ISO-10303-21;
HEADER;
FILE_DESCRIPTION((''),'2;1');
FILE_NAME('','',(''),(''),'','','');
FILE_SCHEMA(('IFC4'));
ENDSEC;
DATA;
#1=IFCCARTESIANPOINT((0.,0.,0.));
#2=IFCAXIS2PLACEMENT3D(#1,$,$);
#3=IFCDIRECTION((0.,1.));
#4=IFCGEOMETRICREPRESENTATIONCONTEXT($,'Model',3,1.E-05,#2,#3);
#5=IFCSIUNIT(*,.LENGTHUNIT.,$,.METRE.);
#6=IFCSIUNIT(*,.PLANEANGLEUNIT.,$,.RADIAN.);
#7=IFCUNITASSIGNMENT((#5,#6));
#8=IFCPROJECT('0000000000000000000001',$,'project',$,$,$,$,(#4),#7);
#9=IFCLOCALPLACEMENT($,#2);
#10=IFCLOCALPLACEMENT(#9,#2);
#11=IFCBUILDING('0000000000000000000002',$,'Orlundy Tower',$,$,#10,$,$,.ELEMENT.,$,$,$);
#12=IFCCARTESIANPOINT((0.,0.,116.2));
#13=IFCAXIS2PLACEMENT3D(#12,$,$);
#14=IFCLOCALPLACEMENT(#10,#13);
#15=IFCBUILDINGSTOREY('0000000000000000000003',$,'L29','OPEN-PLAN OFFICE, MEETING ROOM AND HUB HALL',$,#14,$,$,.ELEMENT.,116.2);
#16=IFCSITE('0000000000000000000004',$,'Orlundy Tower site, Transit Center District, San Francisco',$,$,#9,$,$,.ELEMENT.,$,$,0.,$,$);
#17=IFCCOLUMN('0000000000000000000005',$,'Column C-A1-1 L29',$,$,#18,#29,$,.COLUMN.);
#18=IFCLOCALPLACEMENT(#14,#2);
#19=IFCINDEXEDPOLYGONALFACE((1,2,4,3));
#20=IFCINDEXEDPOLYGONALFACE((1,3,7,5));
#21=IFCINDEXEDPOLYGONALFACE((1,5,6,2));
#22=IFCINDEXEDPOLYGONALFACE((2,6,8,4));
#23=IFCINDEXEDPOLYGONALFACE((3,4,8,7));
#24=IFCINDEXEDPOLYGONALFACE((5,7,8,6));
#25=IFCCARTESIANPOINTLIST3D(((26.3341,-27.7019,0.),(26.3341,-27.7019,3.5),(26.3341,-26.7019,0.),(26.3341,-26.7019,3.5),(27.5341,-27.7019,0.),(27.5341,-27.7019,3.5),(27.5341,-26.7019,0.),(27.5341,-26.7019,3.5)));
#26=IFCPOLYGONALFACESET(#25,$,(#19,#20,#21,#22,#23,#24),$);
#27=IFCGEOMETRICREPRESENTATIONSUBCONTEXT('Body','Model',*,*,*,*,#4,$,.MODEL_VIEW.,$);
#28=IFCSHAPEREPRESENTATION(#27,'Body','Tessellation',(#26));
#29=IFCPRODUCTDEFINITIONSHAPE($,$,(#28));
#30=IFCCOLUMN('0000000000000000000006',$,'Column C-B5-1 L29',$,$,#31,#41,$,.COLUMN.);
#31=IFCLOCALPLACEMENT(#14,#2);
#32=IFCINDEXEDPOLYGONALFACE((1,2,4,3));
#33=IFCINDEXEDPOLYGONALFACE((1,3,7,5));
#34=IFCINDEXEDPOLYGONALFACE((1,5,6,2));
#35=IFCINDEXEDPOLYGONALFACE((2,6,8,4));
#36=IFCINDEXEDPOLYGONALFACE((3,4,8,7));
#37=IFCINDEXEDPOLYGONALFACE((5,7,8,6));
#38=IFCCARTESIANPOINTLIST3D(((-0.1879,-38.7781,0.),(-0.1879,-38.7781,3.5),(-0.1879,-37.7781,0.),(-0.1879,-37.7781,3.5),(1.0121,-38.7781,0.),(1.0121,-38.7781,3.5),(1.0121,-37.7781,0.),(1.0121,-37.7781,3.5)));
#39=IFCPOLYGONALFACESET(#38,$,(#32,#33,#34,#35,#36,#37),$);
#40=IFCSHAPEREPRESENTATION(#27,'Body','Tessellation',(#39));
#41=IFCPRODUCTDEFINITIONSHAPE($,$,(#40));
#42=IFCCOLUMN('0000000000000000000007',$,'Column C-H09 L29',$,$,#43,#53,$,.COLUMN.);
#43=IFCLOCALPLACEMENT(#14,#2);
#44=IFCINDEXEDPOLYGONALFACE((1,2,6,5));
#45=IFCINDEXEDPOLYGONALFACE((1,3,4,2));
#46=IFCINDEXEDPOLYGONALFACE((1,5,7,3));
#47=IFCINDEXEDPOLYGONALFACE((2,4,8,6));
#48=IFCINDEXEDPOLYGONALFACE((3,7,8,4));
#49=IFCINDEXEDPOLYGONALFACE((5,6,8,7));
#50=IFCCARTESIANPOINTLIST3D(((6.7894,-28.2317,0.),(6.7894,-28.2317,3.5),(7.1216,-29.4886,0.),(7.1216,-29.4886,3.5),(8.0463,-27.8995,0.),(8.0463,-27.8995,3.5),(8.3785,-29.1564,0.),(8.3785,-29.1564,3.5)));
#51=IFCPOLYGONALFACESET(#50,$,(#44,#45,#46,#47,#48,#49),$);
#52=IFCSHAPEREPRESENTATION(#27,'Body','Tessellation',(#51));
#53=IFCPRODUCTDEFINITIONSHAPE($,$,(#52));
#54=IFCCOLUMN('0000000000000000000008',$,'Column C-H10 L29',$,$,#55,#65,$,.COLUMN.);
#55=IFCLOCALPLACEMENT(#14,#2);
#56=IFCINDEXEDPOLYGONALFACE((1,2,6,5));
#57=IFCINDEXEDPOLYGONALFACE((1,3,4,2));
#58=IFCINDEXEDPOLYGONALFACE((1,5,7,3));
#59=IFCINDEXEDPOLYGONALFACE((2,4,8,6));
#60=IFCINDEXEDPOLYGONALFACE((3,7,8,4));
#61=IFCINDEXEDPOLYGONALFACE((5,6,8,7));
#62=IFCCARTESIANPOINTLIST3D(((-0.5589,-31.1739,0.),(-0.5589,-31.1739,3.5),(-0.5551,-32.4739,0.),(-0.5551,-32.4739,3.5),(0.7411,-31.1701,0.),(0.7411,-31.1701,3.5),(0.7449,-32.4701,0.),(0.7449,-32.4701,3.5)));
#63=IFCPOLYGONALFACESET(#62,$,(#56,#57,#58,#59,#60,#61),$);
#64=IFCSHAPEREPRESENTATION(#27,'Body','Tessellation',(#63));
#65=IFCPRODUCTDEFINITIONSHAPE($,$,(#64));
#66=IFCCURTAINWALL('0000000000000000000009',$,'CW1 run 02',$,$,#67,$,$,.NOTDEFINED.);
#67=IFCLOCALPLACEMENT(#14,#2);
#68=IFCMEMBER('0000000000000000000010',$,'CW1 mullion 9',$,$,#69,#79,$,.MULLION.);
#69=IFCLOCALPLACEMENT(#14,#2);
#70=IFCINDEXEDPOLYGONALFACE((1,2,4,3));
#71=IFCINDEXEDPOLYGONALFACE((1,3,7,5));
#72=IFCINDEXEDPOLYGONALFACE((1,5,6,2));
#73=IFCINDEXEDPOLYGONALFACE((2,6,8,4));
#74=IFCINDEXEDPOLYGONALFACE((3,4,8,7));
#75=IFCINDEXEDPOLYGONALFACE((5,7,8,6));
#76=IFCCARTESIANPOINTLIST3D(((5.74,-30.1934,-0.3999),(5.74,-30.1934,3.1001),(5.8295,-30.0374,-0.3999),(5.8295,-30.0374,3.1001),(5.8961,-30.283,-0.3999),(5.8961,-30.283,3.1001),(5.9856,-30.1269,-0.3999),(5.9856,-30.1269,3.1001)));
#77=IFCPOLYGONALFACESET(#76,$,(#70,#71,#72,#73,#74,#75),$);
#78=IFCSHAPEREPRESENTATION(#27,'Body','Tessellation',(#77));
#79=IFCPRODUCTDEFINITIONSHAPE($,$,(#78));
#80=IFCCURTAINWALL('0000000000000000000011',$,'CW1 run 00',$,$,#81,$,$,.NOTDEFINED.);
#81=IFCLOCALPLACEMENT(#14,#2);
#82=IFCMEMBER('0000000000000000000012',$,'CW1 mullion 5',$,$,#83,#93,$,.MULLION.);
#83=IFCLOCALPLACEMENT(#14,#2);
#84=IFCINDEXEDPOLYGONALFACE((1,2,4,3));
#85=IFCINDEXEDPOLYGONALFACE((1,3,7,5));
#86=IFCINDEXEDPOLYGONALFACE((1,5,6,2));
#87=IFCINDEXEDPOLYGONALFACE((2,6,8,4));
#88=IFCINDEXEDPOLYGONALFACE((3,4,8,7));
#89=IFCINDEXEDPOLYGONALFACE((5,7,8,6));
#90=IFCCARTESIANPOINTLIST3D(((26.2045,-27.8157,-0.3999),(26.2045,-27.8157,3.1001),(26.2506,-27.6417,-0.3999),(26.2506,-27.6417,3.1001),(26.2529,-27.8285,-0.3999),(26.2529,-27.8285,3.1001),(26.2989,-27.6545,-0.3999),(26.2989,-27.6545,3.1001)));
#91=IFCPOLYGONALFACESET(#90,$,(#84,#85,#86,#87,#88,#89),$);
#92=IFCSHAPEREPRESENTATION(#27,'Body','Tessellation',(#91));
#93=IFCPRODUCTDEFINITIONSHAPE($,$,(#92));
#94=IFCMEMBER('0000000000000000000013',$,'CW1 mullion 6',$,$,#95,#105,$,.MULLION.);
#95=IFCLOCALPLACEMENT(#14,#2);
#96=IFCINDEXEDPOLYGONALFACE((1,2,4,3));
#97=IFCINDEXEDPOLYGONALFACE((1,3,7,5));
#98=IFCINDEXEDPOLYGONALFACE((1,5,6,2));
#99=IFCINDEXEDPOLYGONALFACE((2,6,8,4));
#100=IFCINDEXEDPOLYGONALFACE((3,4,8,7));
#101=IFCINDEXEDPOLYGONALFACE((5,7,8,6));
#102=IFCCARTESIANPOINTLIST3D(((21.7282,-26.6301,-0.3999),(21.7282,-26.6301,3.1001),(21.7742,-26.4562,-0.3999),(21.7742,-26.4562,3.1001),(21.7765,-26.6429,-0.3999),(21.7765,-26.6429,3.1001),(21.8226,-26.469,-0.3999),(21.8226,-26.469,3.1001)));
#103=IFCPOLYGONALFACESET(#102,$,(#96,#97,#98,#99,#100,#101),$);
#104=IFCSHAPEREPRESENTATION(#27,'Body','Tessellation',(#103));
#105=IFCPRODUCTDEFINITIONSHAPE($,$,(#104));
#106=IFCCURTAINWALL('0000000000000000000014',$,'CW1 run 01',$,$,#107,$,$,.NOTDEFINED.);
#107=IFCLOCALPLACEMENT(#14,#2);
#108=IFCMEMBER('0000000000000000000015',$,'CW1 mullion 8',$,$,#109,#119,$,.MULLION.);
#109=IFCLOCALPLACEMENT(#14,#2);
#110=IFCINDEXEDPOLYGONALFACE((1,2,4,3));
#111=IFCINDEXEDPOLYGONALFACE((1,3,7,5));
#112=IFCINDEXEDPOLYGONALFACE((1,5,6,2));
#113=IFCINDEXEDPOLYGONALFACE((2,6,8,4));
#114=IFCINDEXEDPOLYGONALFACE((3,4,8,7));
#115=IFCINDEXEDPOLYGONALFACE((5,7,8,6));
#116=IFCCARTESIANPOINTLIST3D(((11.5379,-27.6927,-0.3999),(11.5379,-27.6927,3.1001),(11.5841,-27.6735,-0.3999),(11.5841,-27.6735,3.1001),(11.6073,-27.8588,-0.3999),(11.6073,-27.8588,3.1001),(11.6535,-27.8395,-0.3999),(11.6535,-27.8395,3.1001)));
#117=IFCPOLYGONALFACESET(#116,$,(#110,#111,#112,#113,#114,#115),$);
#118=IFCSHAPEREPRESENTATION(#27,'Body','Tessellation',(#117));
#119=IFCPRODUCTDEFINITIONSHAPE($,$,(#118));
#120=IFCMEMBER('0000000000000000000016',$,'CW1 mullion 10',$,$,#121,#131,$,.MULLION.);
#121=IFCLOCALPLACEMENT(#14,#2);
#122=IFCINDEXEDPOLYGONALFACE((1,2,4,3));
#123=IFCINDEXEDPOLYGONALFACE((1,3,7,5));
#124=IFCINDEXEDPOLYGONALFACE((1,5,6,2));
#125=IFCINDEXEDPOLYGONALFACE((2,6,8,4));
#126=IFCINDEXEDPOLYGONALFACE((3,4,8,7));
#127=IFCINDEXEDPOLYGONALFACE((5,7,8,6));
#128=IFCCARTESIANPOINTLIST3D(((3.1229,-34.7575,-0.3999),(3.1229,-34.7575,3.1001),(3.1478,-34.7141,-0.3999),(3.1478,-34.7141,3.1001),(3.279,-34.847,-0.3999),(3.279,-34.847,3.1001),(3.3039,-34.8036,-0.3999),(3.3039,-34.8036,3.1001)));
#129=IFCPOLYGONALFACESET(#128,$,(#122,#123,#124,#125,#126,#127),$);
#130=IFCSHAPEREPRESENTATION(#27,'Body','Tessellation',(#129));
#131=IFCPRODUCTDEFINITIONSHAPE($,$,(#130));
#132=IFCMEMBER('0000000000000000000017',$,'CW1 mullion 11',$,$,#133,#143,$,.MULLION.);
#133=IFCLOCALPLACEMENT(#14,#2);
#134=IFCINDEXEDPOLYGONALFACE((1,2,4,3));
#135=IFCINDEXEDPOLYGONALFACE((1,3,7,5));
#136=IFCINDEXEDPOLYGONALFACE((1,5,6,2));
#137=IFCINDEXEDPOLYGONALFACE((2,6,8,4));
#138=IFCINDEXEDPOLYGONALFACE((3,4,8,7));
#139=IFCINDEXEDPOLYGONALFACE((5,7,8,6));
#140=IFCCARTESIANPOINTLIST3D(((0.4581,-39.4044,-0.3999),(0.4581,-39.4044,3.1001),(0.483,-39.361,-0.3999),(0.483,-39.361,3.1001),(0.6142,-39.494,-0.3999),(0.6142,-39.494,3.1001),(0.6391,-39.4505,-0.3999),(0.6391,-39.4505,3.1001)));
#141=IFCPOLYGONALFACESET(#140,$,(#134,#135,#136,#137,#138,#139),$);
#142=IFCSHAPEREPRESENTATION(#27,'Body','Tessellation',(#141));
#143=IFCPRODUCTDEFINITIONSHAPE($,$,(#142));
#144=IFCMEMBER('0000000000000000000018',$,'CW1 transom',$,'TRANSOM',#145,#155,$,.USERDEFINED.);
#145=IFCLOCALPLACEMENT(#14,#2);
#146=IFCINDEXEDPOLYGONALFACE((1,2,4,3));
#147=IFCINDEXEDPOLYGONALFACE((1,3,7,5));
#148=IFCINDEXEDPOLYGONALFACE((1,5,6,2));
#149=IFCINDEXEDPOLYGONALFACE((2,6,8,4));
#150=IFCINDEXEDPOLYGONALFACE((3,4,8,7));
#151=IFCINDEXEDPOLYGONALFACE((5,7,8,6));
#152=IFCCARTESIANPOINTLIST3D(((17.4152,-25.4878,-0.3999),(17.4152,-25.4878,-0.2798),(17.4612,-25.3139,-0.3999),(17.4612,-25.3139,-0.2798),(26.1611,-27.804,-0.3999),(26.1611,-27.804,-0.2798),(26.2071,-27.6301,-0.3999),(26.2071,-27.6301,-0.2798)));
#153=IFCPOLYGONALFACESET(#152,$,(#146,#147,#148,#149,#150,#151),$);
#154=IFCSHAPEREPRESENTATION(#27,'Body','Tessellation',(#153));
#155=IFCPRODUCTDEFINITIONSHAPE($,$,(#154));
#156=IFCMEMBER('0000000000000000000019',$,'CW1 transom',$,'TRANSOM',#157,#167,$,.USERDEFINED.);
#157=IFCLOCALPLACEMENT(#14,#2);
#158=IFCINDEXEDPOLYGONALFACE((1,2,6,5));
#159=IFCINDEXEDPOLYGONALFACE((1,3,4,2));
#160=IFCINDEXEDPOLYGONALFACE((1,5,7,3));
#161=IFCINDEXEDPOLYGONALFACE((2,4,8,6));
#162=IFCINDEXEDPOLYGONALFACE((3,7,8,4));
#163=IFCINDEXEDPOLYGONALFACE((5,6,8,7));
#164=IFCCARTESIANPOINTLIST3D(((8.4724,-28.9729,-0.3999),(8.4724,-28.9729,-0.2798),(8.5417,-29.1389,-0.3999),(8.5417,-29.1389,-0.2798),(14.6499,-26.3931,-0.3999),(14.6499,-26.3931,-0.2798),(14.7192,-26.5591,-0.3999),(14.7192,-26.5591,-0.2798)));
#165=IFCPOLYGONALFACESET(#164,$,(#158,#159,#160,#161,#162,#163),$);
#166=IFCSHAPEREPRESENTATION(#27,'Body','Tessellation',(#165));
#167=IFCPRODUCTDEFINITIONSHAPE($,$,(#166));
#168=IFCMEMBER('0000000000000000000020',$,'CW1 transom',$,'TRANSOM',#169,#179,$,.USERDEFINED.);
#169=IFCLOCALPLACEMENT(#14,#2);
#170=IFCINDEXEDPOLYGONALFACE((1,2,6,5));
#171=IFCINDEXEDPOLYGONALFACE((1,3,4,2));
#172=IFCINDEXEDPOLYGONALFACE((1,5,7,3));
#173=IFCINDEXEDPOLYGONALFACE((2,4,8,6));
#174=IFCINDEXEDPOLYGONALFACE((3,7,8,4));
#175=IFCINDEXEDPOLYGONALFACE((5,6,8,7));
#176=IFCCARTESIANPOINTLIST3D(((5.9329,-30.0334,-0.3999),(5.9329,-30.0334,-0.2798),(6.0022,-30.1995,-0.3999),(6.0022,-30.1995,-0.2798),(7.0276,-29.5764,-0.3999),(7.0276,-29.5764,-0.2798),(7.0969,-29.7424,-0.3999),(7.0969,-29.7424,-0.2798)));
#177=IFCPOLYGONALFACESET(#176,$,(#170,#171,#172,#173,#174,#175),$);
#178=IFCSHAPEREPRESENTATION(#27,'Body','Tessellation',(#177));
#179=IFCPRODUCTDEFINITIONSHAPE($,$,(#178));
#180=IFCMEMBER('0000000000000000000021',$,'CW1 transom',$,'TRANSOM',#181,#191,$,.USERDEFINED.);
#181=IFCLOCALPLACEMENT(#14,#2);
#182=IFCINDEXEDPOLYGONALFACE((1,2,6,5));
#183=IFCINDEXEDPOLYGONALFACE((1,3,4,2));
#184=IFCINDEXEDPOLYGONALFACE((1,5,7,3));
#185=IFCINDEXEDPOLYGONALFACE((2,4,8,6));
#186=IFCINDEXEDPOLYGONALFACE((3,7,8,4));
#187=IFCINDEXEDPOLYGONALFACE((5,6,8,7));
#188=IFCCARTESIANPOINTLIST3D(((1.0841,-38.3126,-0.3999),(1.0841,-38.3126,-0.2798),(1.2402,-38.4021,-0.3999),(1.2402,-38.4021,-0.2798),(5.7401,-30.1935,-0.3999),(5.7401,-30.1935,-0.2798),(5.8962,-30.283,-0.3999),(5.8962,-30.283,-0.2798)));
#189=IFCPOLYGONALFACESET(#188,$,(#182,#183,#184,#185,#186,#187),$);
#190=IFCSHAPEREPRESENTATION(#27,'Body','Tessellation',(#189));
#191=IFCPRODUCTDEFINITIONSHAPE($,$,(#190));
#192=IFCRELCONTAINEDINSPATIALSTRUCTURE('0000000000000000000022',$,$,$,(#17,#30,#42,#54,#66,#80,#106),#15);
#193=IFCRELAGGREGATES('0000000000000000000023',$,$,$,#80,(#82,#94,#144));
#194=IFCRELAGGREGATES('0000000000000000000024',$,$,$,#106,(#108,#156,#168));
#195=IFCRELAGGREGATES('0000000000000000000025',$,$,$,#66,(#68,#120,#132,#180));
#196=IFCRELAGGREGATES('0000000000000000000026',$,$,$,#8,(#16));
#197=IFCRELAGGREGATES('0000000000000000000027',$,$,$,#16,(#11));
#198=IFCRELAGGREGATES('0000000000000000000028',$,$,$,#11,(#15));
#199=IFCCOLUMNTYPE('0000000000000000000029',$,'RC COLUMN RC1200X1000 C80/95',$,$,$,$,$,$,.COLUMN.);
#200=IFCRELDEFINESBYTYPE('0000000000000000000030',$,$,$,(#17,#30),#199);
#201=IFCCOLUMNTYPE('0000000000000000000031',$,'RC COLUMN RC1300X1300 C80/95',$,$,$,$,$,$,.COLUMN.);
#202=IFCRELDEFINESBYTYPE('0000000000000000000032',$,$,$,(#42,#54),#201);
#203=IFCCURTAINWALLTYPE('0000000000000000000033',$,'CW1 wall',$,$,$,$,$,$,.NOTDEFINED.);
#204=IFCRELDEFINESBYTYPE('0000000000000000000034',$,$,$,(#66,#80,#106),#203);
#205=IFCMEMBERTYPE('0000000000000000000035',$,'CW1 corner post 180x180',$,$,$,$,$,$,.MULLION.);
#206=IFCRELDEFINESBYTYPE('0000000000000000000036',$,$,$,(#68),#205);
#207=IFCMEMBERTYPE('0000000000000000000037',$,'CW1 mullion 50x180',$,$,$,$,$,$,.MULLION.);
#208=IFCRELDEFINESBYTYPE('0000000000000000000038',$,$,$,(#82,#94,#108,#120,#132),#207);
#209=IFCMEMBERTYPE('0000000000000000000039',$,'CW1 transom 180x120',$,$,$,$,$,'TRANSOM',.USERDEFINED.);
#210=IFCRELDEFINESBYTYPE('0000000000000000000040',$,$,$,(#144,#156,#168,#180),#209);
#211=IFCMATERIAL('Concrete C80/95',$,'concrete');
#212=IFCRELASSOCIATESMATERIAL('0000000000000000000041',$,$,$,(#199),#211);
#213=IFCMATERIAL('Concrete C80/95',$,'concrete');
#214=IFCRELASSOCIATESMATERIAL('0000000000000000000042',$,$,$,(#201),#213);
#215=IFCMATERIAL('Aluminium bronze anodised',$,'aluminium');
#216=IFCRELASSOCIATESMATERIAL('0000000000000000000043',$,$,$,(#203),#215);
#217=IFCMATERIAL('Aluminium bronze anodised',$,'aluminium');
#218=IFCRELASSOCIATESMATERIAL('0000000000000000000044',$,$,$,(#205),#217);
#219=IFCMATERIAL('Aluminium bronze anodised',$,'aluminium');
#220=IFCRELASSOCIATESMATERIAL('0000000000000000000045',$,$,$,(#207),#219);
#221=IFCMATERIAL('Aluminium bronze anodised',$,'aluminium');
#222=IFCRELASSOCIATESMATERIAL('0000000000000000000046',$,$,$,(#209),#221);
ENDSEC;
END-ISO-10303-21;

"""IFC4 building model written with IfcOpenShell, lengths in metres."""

from ifc_helpers import new_model, si_unit, direction, frame, origin, origin_2d, place, context, subcontext, project, spatial, rectangle, extrude, material, material_profile, profile_set, type_object, element, aggregate, save


model = new_model("IFC4")

# Units and contexts
model_context = context("Model", 3, precision=1e-05, world=origin(), true_north=direction((0.0, 1.0)))
body_context = subcontext(model_context, "Body", "Model", "MODEL_VIEW")
ifc_project = project(units=[si_unit("LENGTHUNIT", "METRE"), si_unit("PLANEANGLEUNIT", "RADIAN")], contexts=[model_context])

# Site, building, storey
site_placement = place(None, origin())
site = spatial("IfcSite", under=ifc_project, at=site_placement, Name="Orlundy Tower site, Transit Center District, San Francisco", CompositionType="ELEMENT", RefElevation=0.0)
building_placement = place(site_placement, origin())
building = spatial("IfcBuilding", under=site, at=building_placement, Name="Orlundy Tower", CompositionType="ELEMENT")
storey_placement = place(building_placement, frame((0.0, 0.0, 116.2)))
storey = spatial("IfcBuildingStorey", under=building, at=storey_placement, Name="L29", Description="OPEN-PLAN OFFICE, MEETING ROOM AND HUB HALL", CompositionType="ELEMENT", Elevation=116.2)

# Columns
ifc_material_1 = material(Name="Concrete C80/95", Category="concrete")
ifc_material_profile_1 = material_profile(ifc_material_1, rectangle(XDim=1.2, YDim=1.0, at=origin_2d()), Name="RC1200X1000")
ifc_profile_set_1 = profile_set([ifc_material_profile_1], Name="Concrete C80/95")
column_type_1 = type_object("IfcColumnType", Name="RC COLUMN RC1200X1000 C80/95", PredefinedType="COLUMN", material=ifc_profile_set_1)
for number, where, z_axis, x_axis, name in (
    (1, (26.9341, -27.2019, 0.0), (0.0, 0.0, 1.0), (1.0, 0.0, 0.0), "Column C-A1-1 L29"),
    (2, (0.4121, -38.2781, 0.0), (0.0, 0.0, 1.0), (1.0, 0.0, 0.0), "Column C-B5-1 L29"),
):
    element("IfcColumn", number, at=place(storey_placement, frame(where, z_axis=z_axis, x_axis=x_axis)), inside=storey, type_object=column_type_1, Name=name, PredefinedType="COLUMN", context=body_context, shape_type="SweptSolid", body=[
        extrude(rectangle(XDim=1.2, YDim=1.0, at=origin_2d()), origin(), (0.0, 0.0, 1.0), 3.5),
    ])
ifc_material_2 = material(Name="Concrete C80/95", Category="concrete")
ifc_material_profile_2 = material_profile(ifc_material_2, rectangle(XDim=1.3, YDim=1.3, at=origin_2d()), Name="RC1300X1300")
ifc_profile_set_2 = profile_set([ifc_material_profile_2], Name="Concrete C80/95")
column_type_2 = type_object("IfcColumnType", Name="RC COLUMN RC1300X1300 C80/95", PredefinedType="COLUMN", material=ifc_profile_set_2)
for number, where, z_axis, x_axis, name in (
    (3, (7.584, -28.6941, 0.0), (0.0, 0.0, 1.0), (0.25553, -0.966801, 0.0), "Column C-H09 L29"),
    (4, (0.093, -31.822, 0.0), (0.0, 0.0, 1.0), (0.002915, -0.999996, 0.0), "Column C-H10 L29"),
):
    element("IfcColumn", number, at=place(storey_placement, frame(where, z_axis=z_axis, x_axis=x_axis)), inside=storey, type_object=column_type_2, Name=name, PredefinedType="COLUMN", context=body_context, shape_type="SweptSolid", body=[
        extrude(rectangle(XDim=1.3, YDim=1.3, at=origin_2d()), origin(), (0.0, 0.0, 1.0), 3.5),
    ])

# Curtain wall, member
ifc_material_3 = material(Name="Aluminium bronze anodised", Category="aluminium")
curtain_wall_type = type_object("IfcCurtainWallType", Name="CW1 wall", PredefinedType="NOTDEFINED", material=ifc_material_3)
curtain_wall_1_placement = place(storey_placement, origin())
curtain_wall_1 = element("IfcCurtainWall", 5, at=curtain_wall_1_placement, inside=storey, type_object=curtain_wall_type, Name="CW1 run 02", PredefinedType="NOTDEFINED")
ifc_material_4 = material(Name="Aluminium bronze anodised", Category="aluminium")
ifc_material_profile_3 = material_profile(ifc_material_4, rectangle(XDim=0.1799, YDim=0.1799, at=origin_2d()), Name="CW1 corner post 180x180")
ifc_profile_set_3 = profile_set([ifc_material_profile_3], Name="Aluminium bronze anodised")
member_type_1 = type_object("IfcMemberType", Name="CW1 corner post 180x180", PredefinedType="MULLION", material=ifc_profile_set_3)
member_1_placement = place(storey_placement, frame((5.8628, -30.1602, -0.3999), z_axis=(0.0, 0.0, 1.0), x_axis=(0.867479, -0.497473, 0.0)))
member_1 = element("IfcMember", 6, at=member_1_placement, type_object=member_type_1, Name="CW1 mullion 9", PredefinedType="MULLION", context=body_context, shape_type="SweptSolid", body=[
    extrude(rectangle(XDim=0.1799, YDim=0.1799, at=origin_2d()), origin(), (0.0, 0.0, 1.0), 3.5),
])

# Curtain wall, members
curtain_wall_2_placement = place(storey_placement, origin())
curtain_wall_2 = element("IfcCurtainWall", 7, at=curtain_wall_2_placement, inside=storey, type_object=curtain_wall_type, Name="CW1 run 00", PredefinedType="NOTDEFINED")
ifc_material_5 = material(Name="Aluminium bronze anodised", Category="aluminium")
ifc_material_profile_4 = material_profile(ifc_material_5, rectangle(XDim=0.1799, YDim=0.05, at=origin_2d()), Name="CW1 mullion 50x180")
ifc_profile_set_4 = profile_set([ifc_material_profile_4], Name="Aluminium bronze anodised")
member_type_2 = type_object("IfcMemberType", Name="CW1 mullion 50x180", PredefinedType="MULLION", material=ifc_profile_set_4)
member_2_placement = place(storey_placement, frame((26.2517, -27.7351, -0.3999), z_axis=(0.0, 0.0, 1.0), x_axis=(-0.256011, -0.966674, 0.0)))
member_2 = element("IfcMember", 8, at=member_2_placement, type_object=member_type_2, Name="CW1 mullion 5", PredefinedType="MULLION", context=body_context, shape_type="SweptSolid", body=[
    extrude(rectangle(XDim=0.1799, YDim=0.05, at=origin_2d()), origin(), (0.0, 0.0, 1.0), 3.5),
])
member_3_placement = place(storey_placement, frame((21.7754, -26.5496, -0.3999), z_axis=(0.0, 0.0, 1.0), x_axis=(-0.256011, -0.966674, 0.0)))
member_3 = element("IfcMember", 9, at=member_3_placement, type_object=member_type_2, Name="CW1 mullion 6", PredefinedType="MULLION", context=body_context, shape_type="SweptSolid", body=[
    extrude(rectangle(XDim=0.1799, YDim=0.05, at=origin_2d()), origin(), (0.0, 0.0, 1.0), 3.5),
])

# Curtain wall, member
curtain_wall_3_placement = place(storey_placement, origin())
curtain_wall_3 = element("IfcCurtainWall", 10, at=curtain_wall_3_placement, inside=storey, type_object=curtain_wall_type, Name="CW1 run 01", PredefinedType="NOTDEFINED")
member_4_placement = place(storey_placement, frame((11.5957, -27.7661, -0.3999), z_axis=(0.0, 0.0, 1.0), x_axis=(0.385377, -0.922759, 0.0)))
member_4 = element("IfcMember", 11, at=member_4_placement, type_object=member_type_2, Name="CW1 mullion 8", PredefinedType="MULLION", context=body_context, shape_type="SweptSolid", body=[
    extrude(rectangle(XDim=0.1799, YDim=0.05, at=origin_2d()), origin(), (0.0, 0.0, 1.0), 3.5),
])

# Members
member_5_placement = place(storey_placement, frame((3.2134, -34.7805, -0.3999), z_axis=(0.0, 0.0, 1.0), x_axis=(0.867479, -0.497473, 0.0)))
member_5 = element("IfcMember", 12, at=member_5_placement, type_object=member_type_2, Name="CW1 mullion 10", PredefinedType="MULLION", context=body_context, shape_type="SweptSolid", body=[
    extrude(rectangle(XDim=0.1799, YDim=0.05, at=origin_2d()), origin(), (0.0, 0.0, 1.0), 3.5),
])
member_6_placement = place(storey_placement, frame((0.5486, -39.4275, -0.3999), z_axis=(0.0, 0.0, 1.0), x_axis=(0.867479, -0.497473, 0.0)))
member_6 = element("IfcMember", 13, at=member_6_placement, type_object=member_type_2, Name="CW1 mullion 11", PredefinedType="MULLION", context=body_context, shape_type="SweptSolid", body=[
    extrude(rectangle(XDim=0.1799, YDim=0.05, at=origin_2d()), origin(), (0.0, 0.0, 1.0), 3.5),
])
ifc_material_6 = material(Name="Aluminium bronze anodised", Category="aluminium")
ifc_material_profile_5 = material_profile(ifc_material_6, rectangle(XDim=0.1799, YDim=0.1201, at=origin_2d()), Name="CW1 transom 180x120")
ifc_profile_set_5 = profile_set([ifc_material_profile_5], Name="Aluminium bronze anodised")
member_type_3 = type_object("IfcMemberType", Name="CW1 transom 180x120", ElementType="TRANSOM", PredefinedType="USERDEFINED", material=ifc_profile_set_5)
member_7_placement = place(storey_placement, frame((26.1841, -27.717, -0.3398), z_axis=(-0.966676, 0.256005, 0.0), x_axis=(-0.256005, -0.966676, 0.0)))
member_7 = element("IfcMember", 14, at=member_7_placement, type_object=member_type_3, Name="CW1 transom", ObjectType="TRANSOM", PredefinedType="USERDEFINED", context=body_context, shape_type="SweptSolid", body=[
    extrude(rectangle(XDim=0.1799, YDim=0.1201, at=origin_2d()), origin(), (0.0, 0.0, 1.0), 9.0474),
])
member_8_placement = place(storey_placement, frame((14.6846, -26.4761, -0.3398), z_axis=(-0.922765, -0.385364, 0.0), x_axis=(0.385364, -0.922765, 0.0)))
member_8 = element("IfcMember", 15, at=member_8_placement, type_object=member_type_3, Name="CW1 transom", ObjectType="TRANSOM", PredefinedType="USERDEFINED", context=body_context, shape_type="SweptSolid", body=[
    extrude(rectangle(XDim=0.1799, YDim=0.1201, at=origin_2d()), origin(), (0.0, 0.0, 1.0), 6.6946),
])
member_9_placement = place(storey_placement, frame((7.0623, -29.6594, -0.3398), z_axis=(-0.922809, -0.385258, 0.0), x_axis=(0.385258, -0.922809, 0.0)))
member_9 = element("IfcMember", 16, at=member_9_placement, type_object=member_type_3, Name="CW1 transom", ObjectType="TRANSOM", PredefinedType="USERDEFINED", context=body_context, shape_type="SweptSolid", body=[
    extrude(rectangle(XDim=0.1799, YDim=0.1201, at=origin_2d()), origin(), (0.0, 0.0, 1.0), 1.1863),
])
member_10_placement = place(storey_placement, frame((5.8181, -30.2383, -0.3398), z_axis=(-0.497467, -0.867483, 0.0), x_axis=(0.867483, -0.497467, 0.0)))
member_10 = element("IfcMember", 17, at=member_10_placement, type_object=member_type_3, Name="CW1 transom", ObjectType="TRANSOM", PredefinedType="USERDEFINED", context=body_context, shape_type="SweptSolid", body=[
    extrude(rectangle(XDim=0.1799, YDim=0.1201, at=origin_2d()), origin(), (0.0, 0.0, 1.0), 9.3594),
])

aggregate(curtain_wall_2, [member_2, member_3, member_7])
aggregate(curtain_wall_3, [member_4, member_8, member_9])
aggregate(curtain_wall_1, [member_1, member_5, member_6, member_10])

save(model, "model.ifc")
